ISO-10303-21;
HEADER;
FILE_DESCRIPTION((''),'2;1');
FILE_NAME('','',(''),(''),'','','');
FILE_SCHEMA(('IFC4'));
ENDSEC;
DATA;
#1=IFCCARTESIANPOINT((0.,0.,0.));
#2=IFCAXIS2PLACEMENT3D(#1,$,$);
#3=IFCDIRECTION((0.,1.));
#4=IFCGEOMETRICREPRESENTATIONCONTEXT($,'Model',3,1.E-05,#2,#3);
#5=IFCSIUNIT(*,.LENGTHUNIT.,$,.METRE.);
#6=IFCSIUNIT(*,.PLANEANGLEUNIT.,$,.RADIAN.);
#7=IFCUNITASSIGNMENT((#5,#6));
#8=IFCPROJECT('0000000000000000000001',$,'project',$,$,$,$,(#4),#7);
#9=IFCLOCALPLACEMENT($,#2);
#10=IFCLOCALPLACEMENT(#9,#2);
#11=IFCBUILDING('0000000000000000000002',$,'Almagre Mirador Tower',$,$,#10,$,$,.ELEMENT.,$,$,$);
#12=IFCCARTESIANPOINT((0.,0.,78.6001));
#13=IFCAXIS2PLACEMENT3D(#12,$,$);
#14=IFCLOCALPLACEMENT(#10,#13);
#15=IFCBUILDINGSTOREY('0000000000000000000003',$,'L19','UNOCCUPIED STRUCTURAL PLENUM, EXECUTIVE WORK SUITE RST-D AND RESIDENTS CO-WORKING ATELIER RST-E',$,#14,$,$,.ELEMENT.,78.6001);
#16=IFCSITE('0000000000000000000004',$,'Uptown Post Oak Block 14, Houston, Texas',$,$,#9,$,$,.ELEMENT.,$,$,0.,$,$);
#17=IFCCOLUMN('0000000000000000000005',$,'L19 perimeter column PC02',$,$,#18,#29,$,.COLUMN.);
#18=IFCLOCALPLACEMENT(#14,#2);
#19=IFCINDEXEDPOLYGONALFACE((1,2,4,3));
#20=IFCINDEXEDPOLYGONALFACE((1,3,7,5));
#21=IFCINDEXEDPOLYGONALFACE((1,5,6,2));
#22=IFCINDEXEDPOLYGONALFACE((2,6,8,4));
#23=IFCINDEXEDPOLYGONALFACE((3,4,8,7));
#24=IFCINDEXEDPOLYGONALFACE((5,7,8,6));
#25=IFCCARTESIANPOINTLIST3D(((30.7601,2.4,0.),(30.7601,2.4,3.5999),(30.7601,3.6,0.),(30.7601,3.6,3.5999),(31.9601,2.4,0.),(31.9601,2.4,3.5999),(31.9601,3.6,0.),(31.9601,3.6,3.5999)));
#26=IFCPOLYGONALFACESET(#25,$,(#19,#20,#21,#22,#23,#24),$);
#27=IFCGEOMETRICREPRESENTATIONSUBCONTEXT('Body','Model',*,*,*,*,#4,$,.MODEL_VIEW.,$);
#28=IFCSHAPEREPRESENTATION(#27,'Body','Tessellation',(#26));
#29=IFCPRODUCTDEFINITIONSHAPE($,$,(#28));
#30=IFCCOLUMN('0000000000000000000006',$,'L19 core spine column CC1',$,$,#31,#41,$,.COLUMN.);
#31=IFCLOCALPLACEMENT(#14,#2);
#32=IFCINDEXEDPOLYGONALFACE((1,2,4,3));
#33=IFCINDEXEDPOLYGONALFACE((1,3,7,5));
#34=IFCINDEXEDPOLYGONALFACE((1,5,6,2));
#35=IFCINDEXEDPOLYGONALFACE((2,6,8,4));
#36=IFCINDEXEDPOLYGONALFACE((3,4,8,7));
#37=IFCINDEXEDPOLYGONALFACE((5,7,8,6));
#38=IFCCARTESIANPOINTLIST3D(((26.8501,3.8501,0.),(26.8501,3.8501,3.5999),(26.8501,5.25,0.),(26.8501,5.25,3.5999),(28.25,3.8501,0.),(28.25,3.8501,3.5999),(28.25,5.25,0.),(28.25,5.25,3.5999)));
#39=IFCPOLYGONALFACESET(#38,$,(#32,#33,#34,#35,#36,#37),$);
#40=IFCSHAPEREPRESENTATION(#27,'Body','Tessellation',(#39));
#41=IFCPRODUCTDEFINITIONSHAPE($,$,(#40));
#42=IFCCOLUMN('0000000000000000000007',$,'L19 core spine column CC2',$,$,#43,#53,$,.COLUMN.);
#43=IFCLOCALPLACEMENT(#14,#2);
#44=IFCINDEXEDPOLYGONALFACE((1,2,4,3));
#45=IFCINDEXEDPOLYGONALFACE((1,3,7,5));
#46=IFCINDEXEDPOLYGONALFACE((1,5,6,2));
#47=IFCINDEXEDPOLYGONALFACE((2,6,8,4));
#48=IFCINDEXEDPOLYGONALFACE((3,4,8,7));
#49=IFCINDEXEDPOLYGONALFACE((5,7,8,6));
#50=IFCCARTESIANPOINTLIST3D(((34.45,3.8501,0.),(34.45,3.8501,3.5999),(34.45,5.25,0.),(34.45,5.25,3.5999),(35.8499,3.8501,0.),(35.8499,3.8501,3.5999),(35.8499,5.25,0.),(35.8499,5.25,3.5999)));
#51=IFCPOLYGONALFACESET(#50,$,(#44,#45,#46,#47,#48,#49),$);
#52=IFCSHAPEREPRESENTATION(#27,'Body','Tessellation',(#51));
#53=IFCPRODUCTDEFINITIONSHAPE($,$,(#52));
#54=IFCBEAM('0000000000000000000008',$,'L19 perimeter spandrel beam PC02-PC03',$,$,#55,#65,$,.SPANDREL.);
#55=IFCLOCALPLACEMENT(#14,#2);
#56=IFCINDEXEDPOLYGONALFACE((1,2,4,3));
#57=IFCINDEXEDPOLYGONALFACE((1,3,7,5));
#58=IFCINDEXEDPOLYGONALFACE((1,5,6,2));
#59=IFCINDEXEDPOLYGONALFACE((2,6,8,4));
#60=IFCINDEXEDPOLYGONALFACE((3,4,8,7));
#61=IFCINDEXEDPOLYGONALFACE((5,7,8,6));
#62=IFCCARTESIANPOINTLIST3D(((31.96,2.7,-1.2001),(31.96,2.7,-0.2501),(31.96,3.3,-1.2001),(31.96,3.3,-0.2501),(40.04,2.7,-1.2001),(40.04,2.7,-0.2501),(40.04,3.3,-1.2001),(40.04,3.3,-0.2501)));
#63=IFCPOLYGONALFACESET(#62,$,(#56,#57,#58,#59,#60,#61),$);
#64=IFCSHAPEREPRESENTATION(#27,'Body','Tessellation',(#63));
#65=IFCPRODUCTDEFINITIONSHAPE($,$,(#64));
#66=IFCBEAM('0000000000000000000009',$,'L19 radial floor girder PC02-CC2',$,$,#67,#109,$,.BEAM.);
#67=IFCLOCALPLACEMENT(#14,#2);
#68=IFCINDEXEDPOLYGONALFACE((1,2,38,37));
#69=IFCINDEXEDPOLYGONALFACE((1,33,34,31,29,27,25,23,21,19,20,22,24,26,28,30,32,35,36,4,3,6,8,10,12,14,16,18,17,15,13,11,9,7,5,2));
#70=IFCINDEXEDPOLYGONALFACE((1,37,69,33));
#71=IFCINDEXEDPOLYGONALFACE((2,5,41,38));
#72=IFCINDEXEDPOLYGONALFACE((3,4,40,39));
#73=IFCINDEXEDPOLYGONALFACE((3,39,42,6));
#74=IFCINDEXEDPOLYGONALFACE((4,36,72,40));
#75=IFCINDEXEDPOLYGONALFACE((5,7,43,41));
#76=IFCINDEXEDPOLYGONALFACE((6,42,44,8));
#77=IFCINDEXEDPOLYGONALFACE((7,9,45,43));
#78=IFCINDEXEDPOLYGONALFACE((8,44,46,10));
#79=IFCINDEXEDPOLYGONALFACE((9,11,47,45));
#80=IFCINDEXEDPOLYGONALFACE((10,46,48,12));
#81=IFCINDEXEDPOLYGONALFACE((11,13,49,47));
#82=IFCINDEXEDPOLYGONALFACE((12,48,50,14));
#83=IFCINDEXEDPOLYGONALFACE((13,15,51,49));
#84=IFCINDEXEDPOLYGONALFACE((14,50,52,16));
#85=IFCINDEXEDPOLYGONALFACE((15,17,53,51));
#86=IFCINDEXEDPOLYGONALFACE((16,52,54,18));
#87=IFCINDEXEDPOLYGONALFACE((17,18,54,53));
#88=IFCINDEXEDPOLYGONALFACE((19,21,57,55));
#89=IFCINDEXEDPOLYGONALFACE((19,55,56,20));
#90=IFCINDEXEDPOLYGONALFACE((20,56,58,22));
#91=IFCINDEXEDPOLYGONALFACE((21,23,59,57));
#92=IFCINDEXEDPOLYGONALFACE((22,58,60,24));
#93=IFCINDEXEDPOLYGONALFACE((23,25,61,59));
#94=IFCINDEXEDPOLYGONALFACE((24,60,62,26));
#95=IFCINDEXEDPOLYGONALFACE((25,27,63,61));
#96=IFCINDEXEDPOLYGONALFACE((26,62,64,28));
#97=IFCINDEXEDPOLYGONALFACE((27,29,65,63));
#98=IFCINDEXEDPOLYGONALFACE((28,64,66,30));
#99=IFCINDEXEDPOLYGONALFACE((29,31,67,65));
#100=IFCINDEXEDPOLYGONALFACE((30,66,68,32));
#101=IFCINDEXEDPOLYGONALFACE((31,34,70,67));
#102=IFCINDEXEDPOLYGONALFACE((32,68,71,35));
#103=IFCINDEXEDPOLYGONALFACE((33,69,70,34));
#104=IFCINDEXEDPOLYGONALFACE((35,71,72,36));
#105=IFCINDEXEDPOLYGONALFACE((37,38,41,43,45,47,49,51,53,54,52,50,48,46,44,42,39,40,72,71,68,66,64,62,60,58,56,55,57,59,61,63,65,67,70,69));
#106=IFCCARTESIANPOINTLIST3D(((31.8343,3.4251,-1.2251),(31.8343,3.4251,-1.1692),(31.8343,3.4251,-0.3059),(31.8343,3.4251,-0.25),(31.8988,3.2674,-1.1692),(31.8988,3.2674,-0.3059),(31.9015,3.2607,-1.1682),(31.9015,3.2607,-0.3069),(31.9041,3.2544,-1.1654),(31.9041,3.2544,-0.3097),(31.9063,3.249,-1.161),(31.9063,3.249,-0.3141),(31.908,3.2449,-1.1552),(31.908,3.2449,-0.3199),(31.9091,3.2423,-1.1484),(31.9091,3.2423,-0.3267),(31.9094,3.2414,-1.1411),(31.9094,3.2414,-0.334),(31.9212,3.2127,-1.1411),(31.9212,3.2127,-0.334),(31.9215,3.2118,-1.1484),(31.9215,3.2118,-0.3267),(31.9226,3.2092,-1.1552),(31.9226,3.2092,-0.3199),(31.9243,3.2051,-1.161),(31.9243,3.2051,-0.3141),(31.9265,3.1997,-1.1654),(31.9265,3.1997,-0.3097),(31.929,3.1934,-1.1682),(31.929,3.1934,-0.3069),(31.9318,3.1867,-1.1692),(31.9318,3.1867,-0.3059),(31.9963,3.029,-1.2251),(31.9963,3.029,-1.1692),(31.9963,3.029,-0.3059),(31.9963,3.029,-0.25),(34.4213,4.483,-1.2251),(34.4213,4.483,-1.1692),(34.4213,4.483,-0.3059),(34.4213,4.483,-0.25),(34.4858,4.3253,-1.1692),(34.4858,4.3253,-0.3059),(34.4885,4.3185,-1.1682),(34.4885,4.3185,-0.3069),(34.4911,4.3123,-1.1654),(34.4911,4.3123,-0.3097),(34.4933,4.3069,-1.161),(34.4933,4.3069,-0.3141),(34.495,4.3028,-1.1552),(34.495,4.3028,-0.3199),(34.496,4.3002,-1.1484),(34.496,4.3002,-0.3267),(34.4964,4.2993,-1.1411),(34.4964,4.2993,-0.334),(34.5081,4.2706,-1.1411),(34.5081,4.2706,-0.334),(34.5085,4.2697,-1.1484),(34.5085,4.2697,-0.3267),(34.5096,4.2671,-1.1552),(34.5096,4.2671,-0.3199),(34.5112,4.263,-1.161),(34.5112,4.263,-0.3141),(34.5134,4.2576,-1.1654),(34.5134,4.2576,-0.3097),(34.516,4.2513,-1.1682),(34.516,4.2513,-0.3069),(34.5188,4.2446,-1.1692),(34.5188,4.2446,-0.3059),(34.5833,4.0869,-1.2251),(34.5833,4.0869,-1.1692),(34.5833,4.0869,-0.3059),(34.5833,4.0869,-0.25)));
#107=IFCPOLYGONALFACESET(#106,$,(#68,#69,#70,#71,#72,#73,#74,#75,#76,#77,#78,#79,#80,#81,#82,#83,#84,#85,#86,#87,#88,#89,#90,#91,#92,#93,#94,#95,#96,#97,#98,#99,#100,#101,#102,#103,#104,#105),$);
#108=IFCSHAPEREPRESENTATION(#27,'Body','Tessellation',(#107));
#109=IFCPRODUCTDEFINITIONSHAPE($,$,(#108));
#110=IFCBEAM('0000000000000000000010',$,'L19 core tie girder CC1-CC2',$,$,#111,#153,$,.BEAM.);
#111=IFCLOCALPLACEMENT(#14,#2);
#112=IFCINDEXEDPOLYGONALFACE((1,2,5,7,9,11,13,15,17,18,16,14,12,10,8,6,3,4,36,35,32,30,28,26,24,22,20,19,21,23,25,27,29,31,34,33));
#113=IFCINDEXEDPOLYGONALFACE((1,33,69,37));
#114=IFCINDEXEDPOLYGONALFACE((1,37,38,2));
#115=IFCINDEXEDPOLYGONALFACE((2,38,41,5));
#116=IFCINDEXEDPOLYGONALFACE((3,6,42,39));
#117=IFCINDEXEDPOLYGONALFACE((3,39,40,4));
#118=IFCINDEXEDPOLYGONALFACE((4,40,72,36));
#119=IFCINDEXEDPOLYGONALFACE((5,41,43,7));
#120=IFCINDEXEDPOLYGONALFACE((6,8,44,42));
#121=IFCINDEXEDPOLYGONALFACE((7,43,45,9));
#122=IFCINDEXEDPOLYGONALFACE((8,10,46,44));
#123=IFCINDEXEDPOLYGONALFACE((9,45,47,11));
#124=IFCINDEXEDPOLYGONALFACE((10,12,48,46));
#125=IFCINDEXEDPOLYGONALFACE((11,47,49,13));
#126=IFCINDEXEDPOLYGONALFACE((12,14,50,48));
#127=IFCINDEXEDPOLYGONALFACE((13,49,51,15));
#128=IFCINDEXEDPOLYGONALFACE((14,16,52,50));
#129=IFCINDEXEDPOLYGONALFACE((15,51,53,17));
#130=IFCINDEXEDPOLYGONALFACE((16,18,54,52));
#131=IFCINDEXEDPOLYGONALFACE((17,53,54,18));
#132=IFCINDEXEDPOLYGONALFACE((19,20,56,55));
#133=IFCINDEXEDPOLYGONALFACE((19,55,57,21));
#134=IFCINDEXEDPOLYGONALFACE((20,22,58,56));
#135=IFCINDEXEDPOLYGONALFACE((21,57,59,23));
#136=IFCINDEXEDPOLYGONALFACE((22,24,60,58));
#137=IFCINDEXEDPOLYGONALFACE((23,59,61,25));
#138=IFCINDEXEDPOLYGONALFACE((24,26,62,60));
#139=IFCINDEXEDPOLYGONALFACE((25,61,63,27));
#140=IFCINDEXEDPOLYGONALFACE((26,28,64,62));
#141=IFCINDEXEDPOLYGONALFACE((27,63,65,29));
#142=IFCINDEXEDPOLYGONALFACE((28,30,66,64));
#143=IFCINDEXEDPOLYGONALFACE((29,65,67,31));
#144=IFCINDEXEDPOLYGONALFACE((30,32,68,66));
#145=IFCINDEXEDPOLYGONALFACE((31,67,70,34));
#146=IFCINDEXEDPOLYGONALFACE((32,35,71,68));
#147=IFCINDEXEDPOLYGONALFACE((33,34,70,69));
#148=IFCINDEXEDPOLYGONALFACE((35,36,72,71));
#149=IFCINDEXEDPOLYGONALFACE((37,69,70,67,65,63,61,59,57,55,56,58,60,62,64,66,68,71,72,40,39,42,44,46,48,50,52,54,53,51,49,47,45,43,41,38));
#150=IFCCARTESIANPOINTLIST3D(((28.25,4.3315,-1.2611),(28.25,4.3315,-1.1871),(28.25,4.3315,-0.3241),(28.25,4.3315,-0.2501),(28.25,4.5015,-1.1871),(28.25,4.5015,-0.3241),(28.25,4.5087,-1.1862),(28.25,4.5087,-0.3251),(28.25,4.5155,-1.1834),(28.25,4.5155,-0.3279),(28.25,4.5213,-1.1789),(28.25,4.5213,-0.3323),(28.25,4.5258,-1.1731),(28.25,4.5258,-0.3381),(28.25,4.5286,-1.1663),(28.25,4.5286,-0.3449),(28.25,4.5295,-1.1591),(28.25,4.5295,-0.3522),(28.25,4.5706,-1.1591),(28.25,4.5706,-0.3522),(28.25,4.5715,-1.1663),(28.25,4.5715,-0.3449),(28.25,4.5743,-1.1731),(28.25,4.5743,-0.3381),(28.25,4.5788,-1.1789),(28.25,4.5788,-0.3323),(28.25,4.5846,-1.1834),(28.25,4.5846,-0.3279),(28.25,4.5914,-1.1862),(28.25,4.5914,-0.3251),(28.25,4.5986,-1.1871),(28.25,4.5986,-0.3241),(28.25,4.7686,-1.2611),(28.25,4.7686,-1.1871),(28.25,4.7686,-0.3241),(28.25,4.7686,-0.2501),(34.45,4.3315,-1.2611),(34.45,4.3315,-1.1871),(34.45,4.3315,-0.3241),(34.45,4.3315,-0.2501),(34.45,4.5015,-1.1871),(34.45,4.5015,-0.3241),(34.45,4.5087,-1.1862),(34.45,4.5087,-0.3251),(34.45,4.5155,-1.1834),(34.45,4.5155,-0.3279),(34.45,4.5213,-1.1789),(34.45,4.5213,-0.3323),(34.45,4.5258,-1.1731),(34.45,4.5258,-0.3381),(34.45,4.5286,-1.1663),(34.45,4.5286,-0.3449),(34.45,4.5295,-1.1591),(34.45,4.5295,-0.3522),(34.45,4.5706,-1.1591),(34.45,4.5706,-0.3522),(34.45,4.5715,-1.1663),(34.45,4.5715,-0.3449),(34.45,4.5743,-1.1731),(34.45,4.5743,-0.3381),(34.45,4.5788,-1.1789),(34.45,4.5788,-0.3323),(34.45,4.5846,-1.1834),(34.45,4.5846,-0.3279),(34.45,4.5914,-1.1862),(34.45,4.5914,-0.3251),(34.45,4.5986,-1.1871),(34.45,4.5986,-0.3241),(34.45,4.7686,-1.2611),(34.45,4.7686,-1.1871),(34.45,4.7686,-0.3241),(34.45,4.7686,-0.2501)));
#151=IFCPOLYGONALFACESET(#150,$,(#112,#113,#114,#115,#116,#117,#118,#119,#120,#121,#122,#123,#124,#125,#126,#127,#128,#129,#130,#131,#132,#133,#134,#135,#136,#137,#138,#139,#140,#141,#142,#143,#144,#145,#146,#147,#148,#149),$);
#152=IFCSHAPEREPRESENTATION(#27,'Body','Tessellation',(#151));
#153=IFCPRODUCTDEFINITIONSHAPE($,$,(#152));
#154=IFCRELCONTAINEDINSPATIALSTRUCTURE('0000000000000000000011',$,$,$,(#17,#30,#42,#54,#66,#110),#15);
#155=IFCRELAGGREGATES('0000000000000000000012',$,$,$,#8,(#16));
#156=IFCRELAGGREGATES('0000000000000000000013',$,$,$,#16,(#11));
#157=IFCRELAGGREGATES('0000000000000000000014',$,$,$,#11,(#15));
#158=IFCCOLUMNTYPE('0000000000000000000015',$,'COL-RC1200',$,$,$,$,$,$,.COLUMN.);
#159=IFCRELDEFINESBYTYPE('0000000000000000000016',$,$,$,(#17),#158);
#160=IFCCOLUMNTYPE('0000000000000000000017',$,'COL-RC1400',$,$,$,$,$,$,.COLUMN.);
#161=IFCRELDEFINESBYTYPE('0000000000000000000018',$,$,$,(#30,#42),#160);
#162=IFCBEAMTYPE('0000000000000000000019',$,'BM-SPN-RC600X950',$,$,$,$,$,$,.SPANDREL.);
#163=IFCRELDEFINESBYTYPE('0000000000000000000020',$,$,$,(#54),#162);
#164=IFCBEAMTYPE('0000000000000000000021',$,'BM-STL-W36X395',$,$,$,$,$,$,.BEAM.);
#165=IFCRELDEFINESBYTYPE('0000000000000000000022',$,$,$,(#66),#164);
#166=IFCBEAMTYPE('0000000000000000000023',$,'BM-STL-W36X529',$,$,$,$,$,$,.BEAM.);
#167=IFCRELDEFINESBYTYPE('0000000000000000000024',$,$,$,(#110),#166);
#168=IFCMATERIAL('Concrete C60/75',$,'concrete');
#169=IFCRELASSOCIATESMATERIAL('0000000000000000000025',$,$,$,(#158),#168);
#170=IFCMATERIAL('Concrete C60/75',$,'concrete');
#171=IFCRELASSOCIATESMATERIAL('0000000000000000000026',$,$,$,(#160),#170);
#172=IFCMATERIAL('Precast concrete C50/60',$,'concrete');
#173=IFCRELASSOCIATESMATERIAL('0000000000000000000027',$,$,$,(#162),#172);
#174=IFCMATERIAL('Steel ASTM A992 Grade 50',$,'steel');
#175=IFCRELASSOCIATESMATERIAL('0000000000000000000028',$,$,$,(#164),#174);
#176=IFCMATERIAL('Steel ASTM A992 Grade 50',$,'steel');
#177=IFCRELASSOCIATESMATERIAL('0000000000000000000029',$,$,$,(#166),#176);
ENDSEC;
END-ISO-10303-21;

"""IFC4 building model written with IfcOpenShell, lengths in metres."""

from ifc_helpers import new_model, si_unit, direction, frame, origin, origin_2d, place, context, subcontext, project, spatial, rectangle, i_section, extrude, material, material_profile, profile_set, type_object, element, save


model = new_model("IFC4")

# Units and contexts
model_context = context("Model", 3, precision=1e-05, world=origin(), true_north=direction((0.0, 1.0)))
body_context = subcontext(model_context, "Body", "Model", "MODEL_VIEW")
ifc_project = project(units=[si_unit("LENGTHUNIT", "METRE"), si_unit("PLANEANGLEUNIT", "RADIAN")], contexts=[model_context])

# Site, building, storey
site_placement = place(None, origin())
site = spatial("IfcSite", under=ifc_project, at=site_placement, Name="Uptown Post Oak Block 14, Houston, Texas", CompositionType="ELEMENT", RefElevation=0.0)
building_placement = place(site_placement, origin())
building = spatial("IfcBuilding", under=site, at=building_placement, Name="Almagre Mirador Tower", CompositionType="ELEMENT")
storey_placement = place(building_placement, frame((0.0, 0.0, 78.6001)))
storey = spatial("IfcBuildingStorey", under=building, at=storey_placement, Name="L19", Description="UNOCCUPIED STRUCTURAL PLENUM, EXECUTIVE WORK SUITE RST-D AND RESIDENTS CO-WORKING ATELIER RST-E", CompositionType="ELEMENT", Elevation=78.6001)

# Columns
ifc_material_1 = material(Name="Concrete C60/75", Category="concrete")
ifc_material_profile_1 = material_profile(ifc_material_1, rectangle(XDim=1.2, YDim=1.2, at=origin_2d()), Name="RC1200X1200")
ifc_profile_set_1 = profile_set([ifc_material_profile_1], Name="Concrete C60/75")
column_type_1 = type_object("IfcColumnType", Name="COL-RC1200", PredefinedType="COLUMN", material=ifc_profile_set_1)
column_placement = place(storey_placement, frame((31.3601, 3.0, 0.0), z_axis=(0.0, 0.0, 1.0), x_axis=(1.0, 0.0, 0.0)))
element("IfcColumn", 1, at=column_placement, inside=storey, type_object=column_type_1, Name="L19 perimeter column PC02", PredefinedType="COLUMN", context=body_context, shape_type="SweptSolid", body=[
    extrude(rectangle(XDim=1.2, YDim=1.2, at=origin_2d()), origin(), (0.0, 0.0, 1.0), 3.5999),
])
ifc_material_2 = material(Name="Concrete C60/75", Category="concrete")
ifc_material_profile_2 = material_profile(ifc_material_2, rectangle(XDim=1.3999, YDim=1.3999, at=origin_2d()), Name="RC1400X1400")
ifc_profile_set_2 = profile_set([ifc_material_profile_2], Name="Concrete C60/75")
column_type_2 = type_object("IfcColumnType", Name="COL-RC1400", PredefinedType="COLUMN", material=ifc_profile_set_2)
for number, where, z_axis, x_axis, name in (
    (2, (27.55, 4.55, 0.0), (0.0, 0.0, 1.0), (1.0, 0.0, 0.0), "L19 core spine column CC1"),
    (3, (35.1499, 4.55, 0.0), (0.0, 0.0, 1.0), (1.0, 0.0, 0.0), "L19 core spine column CC2"),
):
    element("IfcColumn", number, at=place(storey_placement, frame(where, z_axis=z_axis, x_axis=x_axis)), inside=storey, type_object=column_type_2, Name=name, PredefinedType="COLUMN", context=body_context, shape_type="SweptSolid", body=[
        extrude(rectangle(XDim=1.3999, YDim=1.3999, at=origin_2d()), origin(), (0.0, 0.0, 1.0), 3.5999),
    ])

# Beams
ifc_material_3 = material(Name="Precast concrete C50/60", Category="concrete")
ifc_material_profile_3 = material_profile(ifc_material_3, rectangle(XDim=0.6001, YDim=0.95, at=origin_2d()), Name="RC600X950")
ifc_profile_set_3 = profile_set([ifc_material_profile_3], Name="Precast concrete C50/60")
beam_type_1 = type_object("IfcBeamType", Name="BM-SPN-RC600X950", PredefinedType="SPANDREL", material=ifc_profile_set_3)
beam_1_placement = place(storey_placement, frame((31.96, 3.0, -0.7251), z_axis=(1.0, 0.0, 0.0), x_axis=(0.0, 1.0, 0.0)))
element("IfcBeam", 4, at=beam_1_placement, inside=storey, type_object=beam_type_1, Name="L19 perimeter spandrel beam PC02-PC03", PredefinedType="SPANDREL", context=body_context, shape_type="SweptSolid", body=[
    extrude(rectangle(XDim=0.6001, YDim=0.95, at=origin_2d()), origin(), (0.0, 0.0, 1.0), 8.0801),
])
ifc_material_4 = material(Name="Steel ASTM A992 Grade 50", Category="steel")
ifc_material_profile_4 = material_profile(ifc_material_4, i_section(OverallWidth=0.428, OverallDepth=0.9751, WebThickness=0.031, FlangeThickness=0.0559, FilletRadius=0.0281, at=origin_2d()), Name="W36X395")
ifc_profile_set_4 = profile_set([ifc_material_profile_4], Name="Steel ASTM A992 Grade 50")
beam_type_2 = type_object("IfcBeamType", Name="BM-STL-W36X395", PredefinedType="BEAM", material=ifc_profile_set_4)
beam_2_placement = place(storey_placement, frame((31.9153, 3.2271, -0.7375), z_axis=(0.9256, 0.378504, 0.0), x_axis=(-0.378504, 0.9256, 0.0)))
element("IfcBeam", 5, at=beam_2_placement, inside=storey, type_object=beam_type_2, Name="L19 radial floor girder PC02-CC2", PredefinedType="BEAM", context=body_context, shape_type="SweptSolid", body=[
    extrude(i_section(OverallWidth=0.428, OverallDepth=0.9751, WebThickness=0.031, FlangeThickness=0.0559, FilletRadius=0.0281, at=origin_2d()), origin(), (0.0, 0.0, 1.0), 2.7949),
])
ifc_material_5 = material(Name="Steel ASTM A992 Grade 50", Category="steel")
ifc_material_profile_5 = material_profile(ifc_material_5, i_section(OverallWidth=0.437, OverallDepth=1.011, WebThickness=0.041, FlangeThickness=0.074, FilletRadius=0.0281, at=origin_2d()), Name="W36X529")
ifc_profile_set_5 = profile_set([ifc_material_profile_5], Name="Steel ASTM A992 Grade 50")
beam_type_3 = type_object("IfcBeamType", Name="BM-STL-W36X529", PredefinedType="BEAM", material=ifc_profile_set_5)
beam_3_placement = place(storey_placement, frame((28.25, 4.55, -0.7556), z_axis=(1.0, 0.0, 0.0), x_axis=(0.0, 1.0, 0.0)))
element("IfcBeam", 6, at=beam_3_placement, inside=storey, type_object=beam_type_3, Name="L19 core tie girder CC1-CC2", PredefinedType="BEAM", context=body_context, shape_type="SweptSolid", body=[
    extrude(i_section(OverallWidth=0.437, OverallDepth=1.011, WebThickness=0.041, FlangeThickness=0.074, FilletRadius=0.0281, at=origin_2d()), origin(), (0.0, 0.0, 1.0), 6.2),
])

save(model, "model.ifc")
